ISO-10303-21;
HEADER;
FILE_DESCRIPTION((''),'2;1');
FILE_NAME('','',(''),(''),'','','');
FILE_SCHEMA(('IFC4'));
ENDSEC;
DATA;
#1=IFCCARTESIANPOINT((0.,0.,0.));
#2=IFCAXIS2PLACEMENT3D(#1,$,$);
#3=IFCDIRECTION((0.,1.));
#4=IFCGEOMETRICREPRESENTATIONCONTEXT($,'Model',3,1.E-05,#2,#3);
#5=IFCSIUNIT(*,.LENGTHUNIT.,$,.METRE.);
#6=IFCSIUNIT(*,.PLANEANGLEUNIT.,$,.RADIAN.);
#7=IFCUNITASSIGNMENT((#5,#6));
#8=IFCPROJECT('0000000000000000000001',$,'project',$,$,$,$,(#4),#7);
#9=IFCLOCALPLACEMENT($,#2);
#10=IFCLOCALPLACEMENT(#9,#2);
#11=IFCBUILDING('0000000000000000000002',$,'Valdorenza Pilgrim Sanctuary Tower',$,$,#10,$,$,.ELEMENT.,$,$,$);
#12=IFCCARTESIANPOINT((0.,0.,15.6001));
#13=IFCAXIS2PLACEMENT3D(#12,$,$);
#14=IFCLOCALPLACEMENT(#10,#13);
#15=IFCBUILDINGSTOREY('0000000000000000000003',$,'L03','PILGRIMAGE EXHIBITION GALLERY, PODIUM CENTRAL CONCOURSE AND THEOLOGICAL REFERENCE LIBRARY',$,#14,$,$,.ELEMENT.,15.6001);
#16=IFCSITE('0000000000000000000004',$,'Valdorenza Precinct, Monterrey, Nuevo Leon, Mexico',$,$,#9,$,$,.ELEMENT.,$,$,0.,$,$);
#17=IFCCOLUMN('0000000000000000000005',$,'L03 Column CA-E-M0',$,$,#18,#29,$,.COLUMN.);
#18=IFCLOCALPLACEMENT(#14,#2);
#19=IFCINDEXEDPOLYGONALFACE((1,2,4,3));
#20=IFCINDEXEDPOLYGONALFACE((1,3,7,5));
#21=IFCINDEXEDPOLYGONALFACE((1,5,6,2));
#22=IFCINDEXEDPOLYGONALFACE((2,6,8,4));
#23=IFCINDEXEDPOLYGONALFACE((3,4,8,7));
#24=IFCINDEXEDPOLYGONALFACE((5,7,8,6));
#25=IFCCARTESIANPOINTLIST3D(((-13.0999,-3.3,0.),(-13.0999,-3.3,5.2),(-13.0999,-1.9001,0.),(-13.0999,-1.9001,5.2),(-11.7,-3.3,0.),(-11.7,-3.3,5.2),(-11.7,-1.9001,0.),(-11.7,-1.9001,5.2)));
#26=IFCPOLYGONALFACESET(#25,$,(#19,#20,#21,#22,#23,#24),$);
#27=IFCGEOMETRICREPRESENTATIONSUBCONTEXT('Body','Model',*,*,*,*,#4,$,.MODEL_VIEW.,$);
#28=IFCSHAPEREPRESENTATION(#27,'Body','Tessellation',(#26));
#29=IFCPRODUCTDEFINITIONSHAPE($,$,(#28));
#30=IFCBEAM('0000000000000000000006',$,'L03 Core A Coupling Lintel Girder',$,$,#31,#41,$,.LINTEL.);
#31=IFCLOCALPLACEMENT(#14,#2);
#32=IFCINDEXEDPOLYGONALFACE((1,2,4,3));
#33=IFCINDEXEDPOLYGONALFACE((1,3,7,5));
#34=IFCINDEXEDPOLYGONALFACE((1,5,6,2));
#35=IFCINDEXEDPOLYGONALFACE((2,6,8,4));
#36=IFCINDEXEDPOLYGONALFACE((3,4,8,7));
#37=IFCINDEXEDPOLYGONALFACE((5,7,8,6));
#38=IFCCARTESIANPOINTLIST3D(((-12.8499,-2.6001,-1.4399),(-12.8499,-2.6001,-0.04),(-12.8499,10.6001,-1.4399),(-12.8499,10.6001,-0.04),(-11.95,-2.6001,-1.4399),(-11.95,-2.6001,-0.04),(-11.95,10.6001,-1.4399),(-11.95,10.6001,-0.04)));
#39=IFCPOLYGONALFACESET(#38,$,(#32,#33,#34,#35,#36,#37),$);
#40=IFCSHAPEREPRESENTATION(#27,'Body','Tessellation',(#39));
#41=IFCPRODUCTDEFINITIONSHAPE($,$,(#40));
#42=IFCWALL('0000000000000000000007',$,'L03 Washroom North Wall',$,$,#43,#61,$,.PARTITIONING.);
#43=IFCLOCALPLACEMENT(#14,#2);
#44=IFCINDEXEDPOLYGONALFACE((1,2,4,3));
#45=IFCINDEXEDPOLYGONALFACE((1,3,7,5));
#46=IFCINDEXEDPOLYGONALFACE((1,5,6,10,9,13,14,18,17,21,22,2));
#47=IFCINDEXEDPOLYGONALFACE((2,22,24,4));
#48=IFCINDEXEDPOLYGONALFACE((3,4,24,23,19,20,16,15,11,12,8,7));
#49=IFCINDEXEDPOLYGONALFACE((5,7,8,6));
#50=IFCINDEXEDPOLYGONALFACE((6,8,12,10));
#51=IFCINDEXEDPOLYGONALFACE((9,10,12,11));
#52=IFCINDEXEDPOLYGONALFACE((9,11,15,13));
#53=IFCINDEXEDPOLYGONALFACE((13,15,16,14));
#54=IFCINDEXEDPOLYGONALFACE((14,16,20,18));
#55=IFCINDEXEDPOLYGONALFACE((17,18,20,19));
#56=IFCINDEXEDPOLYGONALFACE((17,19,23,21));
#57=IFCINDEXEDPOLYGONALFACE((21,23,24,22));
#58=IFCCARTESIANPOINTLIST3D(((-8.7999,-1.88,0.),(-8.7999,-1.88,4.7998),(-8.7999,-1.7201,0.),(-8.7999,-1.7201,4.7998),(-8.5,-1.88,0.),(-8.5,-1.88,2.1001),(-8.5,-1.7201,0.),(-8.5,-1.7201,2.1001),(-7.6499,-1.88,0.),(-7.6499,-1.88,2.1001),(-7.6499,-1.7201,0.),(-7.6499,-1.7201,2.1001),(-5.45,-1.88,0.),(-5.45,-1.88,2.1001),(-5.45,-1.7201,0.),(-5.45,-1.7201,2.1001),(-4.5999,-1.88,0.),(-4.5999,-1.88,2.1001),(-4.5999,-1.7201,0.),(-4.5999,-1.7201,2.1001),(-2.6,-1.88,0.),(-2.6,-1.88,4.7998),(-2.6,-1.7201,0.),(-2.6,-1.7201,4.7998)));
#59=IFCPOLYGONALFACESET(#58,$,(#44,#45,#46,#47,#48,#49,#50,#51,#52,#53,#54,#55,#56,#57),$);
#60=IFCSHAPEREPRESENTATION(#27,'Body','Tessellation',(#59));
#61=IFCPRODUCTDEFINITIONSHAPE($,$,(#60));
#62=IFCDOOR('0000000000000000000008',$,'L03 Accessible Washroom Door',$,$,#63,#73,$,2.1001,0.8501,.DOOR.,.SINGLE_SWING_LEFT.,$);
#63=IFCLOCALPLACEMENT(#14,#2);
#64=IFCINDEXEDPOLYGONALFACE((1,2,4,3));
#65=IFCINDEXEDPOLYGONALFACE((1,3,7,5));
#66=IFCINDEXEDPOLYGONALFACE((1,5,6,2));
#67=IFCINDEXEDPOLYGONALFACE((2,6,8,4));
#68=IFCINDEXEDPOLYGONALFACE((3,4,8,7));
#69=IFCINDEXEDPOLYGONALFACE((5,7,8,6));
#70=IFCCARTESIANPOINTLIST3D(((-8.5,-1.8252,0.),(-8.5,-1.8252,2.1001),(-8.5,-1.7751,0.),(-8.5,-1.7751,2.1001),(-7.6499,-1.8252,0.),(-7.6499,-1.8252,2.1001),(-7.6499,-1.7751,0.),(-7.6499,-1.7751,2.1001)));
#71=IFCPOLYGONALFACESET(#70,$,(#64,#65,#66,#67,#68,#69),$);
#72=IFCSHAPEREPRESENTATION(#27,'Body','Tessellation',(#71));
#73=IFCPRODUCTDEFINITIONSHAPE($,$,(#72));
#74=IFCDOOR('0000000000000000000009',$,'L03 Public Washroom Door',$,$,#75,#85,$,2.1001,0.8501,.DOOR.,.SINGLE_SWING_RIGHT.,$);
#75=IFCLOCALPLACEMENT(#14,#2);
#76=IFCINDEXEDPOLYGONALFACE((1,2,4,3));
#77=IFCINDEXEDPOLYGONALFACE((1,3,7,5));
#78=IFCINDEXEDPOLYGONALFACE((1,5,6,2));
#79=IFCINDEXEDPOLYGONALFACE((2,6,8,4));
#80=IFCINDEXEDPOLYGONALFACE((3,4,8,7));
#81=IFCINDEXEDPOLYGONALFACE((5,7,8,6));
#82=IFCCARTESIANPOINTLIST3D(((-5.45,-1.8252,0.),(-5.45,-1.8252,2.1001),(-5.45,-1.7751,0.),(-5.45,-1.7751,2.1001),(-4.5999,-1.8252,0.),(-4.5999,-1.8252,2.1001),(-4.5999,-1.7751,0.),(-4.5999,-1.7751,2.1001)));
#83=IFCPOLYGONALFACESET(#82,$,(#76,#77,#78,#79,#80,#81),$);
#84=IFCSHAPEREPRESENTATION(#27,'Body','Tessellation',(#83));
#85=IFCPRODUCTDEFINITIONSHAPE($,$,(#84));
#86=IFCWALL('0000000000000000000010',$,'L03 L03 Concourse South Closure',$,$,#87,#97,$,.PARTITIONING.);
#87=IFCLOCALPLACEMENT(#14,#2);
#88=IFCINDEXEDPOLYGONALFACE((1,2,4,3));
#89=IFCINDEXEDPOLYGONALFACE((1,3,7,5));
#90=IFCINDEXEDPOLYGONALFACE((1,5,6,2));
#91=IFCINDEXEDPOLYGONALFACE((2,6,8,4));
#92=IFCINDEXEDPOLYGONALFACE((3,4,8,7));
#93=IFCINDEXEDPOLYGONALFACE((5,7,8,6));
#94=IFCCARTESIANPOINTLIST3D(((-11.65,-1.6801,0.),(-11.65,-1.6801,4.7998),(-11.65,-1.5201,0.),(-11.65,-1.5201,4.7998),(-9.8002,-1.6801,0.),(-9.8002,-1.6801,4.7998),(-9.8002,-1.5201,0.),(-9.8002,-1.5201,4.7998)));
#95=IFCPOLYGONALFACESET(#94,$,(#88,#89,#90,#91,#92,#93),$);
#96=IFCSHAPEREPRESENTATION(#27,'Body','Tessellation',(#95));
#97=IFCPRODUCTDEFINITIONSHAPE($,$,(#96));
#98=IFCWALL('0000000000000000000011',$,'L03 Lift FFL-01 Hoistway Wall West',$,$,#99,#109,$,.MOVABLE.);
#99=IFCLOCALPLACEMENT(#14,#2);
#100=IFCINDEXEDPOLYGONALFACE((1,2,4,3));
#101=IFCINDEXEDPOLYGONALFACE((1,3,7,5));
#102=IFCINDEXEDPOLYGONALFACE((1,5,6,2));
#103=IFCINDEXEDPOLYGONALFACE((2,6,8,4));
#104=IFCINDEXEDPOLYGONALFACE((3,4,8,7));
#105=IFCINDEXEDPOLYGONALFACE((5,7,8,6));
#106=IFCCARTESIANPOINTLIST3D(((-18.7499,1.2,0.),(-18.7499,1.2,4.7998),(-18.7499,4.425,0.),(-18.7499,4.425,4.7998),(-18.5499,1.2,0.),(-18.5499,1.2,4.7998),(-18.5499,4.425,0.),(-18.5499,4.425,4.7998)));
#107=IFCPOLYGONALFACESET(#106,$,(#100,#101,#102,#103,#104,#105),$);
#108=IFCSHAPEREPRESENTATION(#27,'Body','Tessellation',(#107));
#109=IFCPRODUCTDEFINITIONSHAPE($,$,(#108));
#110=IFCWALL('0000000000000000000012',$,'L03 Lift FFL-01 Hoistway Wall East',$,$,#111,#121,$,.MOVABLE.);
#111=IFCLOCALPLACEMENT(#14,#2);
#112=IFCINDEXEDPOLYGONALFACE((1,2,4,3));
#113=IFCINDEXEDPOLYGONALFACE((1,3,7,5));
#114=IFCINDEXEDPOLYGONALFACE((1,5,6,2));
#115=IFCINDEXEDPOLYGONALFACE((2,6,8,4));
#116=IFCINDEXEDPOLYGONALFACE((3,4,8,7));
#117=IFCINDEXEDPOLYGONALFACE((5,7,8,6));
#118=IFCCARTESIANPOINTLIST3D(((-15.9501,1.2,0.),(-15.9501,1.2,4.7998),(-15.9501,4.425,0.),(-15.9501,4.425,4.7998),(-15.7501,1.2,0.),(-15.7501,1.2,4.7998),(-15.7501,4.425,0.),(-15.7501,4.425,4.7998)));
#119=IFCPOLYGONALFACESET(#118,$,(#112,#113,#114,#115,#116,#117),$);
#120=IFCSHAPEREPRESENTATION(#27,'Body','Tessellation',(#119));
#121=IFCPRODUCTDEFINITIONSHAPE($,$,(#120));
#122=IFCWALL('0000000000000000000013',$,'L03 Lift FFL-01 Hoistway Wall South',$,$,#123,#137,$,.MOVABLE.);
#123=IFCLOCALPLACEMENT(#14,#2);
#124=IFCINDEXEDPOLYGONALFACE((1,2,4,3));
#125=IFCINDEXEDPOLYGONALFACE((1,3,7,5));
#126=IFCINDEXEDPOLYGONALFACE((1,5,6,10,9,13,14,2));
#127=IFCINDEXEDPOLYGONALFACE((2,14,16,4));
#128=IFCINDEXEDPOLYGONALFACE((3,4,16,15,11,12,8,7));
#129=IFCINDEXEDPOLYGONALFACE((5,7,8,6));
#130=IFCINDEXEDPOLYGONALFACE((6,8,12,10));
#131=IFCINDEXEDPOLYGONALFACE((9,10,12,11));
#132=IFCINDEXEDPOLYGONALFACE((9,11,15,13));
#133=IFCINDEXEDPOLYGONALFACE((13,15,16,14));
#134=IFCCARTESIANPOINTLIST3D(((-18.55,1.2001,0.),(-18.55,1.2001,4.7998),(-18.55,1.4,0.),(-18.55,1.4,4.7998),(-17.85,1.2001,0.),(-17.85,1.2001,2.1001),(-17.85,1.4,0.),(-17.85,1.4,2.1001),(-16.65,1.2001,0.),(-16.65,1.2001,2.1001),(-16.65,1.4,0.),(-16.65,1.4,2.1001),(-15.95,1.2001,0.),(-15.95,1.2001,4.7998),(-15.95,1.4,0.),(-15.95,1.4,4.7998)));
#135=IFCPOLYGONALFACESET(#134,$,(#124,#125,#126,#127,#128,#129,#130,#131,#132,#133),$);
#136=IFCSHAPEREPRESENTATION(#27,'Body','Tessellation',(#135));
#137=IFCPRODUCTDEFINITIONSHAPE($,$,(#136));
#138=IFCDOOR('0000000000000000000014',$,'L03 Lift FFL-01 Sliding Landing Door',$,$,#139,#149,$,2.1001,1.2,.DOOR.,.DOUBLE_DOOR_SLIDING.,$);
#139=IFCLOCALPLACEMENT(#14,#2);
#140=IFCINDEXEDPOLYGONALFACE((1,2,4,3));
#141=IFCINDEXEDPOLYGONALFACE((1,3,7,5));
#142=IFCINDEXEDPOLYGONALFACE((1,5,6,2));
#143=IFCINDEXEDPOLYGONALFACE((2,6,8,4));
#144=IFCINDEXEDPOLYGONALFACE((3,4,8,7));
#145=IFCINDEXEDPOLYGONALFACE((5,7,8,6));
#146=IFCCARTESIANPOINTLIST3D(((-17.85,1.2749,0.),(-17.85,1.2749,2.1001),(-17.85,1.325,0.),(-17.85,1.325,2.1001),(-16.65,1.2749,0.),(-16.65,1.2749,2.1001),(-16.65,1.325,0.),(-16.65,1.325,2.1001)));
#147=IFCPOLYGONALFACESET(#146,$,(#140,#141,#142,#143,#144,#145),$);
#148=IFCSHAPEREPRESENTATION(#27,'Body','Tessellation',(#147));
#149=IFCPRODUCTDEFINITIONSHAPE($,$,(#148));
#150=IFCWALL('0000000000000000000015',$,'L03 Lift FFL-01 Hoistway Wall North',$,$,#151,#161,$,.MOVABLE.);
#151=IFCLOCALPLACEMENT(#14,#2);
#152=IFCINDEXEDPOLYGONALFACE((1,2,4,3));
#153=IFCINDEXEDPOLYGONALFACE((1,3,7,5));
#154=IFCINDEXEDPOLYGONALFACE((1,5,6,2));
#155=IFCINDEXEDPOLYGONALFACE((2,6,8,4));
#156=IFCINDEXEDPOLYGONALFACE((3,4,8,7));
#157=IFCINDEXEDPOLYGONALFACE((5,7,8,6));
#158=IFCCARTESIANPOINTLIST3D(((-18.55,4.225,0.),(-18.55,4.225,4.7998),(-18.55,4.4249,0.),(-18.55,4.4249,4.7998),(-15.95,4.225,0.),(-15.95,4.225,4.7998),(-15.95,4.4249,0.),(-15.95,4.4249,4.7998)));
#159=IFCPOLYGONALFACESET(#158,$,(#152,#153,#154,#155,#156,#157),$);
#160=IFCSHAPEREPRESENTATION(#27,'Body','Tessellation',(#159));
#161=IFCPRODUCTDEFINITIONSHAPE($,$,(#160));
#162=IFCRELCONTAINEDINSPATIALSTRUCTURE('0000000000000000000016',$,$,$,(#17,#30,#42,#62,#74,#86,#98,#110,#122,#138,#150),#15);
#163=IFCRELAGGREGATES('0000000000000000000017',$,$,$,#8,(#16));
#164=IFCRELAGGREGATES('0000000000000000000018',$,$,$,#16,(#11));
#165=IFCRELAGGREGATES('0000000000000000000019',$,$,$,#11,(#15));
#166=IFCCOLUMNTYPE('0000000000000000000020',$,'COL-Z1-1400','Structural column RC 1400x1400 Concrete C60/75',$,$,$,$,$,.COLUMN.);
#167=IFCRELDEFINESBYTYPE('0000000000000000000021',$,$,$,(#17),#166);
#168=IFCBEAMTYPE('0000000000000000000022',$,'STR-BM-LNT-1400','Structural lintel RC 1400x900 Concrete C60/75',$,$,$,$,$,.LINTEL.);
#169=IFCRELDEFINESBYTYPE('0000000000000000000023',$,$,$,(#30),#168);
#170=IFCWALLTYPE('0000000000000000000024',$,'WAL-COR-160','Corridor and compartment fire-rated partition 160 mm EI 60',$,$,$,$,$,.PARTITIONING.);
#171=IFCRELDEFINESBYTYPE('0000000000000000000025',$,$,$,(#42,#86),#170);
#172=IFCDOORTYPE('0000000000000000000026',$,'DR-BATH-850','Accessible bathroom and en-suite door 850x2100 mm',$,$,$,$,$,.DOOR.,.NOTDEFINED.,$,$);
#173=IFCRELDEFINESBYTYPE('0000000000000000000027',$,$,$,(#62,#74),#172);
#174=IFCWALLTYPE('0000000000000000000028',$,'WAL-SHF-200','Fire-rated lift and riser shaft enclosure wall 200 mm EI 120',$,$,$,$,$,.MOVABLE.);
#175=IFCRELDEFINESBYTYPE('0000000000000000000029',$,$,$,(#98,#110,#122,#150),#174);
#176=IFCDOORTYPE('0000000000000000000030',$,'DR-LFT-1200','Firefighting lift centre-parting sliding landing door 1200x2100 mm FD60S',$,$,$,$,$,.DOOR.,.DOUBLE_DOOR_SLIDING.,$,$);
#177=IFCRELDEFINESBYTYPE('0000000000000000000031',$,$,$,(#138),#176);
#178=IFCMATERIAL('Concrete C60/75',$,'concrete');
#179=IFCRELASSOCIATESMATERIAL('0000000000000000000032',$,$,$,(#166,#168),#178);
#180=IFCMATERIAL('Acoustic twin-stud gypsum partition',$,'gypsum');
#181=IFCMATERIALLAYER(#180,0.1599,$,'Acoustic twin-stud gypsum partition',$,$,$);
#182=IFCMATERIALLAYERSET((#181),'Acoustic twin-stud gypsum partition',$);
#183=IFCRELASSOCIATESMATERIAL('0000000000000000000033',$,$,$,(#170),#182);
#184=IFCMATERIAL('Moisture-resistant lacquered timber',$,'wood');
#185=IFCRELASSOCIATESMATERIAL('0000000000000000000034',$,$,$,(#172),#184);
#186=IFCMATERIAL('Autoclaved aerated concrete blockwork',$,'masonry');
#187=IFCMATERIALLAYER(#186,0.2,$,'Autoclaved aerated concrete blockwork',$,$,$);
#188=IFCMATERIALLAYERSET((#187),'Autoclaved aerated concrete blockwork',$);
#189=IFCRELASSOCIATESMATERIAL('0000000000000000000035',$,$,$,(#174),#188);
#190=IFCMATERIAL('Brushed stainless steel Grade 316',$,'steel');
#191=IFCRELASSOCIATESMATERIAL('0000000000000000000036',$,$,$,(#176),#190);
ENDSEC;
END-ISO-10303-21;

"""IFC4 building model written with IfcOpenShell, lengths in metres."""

from ifc_helpers import new_model, si_unit, direction, frame, frame_2d, origin, origin_2d, place, context, subcontext, project, spatial, rectangle, extrude, source, transform, mapped, material, layer, layer_set, material_profile, profile_set, type_object, element, fill, save


model = new_model("IFC4")

# Units and contexts
model_context = context("Model", 3, precision=1e-05, world=origin(), true_north=direction((0.0, 1.0)))
body_context = subcontext(model_context, "Body", "Model", "MODEL_VIEW")
ifc_project = project(units=[si_unit("LENGTHUNIT", "METRE"), si_unit("PLANEANGLEUNIT", "RADIAN")], contexts=[model_context])

# Site, building, storey
site_placement = place(None, origin())
site = spatial("IfcSite", under=ifc_project, at=site_placement, Name="Valdorenza Precinct, Monterrey, Nuevo Leon, Mexico", CompositionType="ELEMENT", RefElevation=0.0)
building_placement = place(site_placement, origin())
building = spatial("IfcBuilding", under=site, at=building_placement, Name="Valdorenza Pilgrim Sanctuary Tower", CompositionType="ELEMENT")
storey_placement = place(building_placement, frame((0.0, 0.0, 15.6001)))
storey = spatial("IfcBuildingStorey", under=building, at=storey_placement, Name="L03", Description="PILGRIMAGE EXHIBITION GALLERY, PODIUM CENTRAL CONCOURSE AND THEOLOGICAL REFERENCE LIBRARY", CompositionType="ELEMENT", Elevation=15.6001)

# Column
ifc_material_1 = material(Name="Concrete C60/75", Category="concrete")
ifc_material_profile_1 = material_profile(ifc_material_1, rectangle(XDim=1.3999, YDim=1.3999, at=origin_2d()), Name="RC 1400x1400")
ifc_profile_set_1 = profile_set([ifc_material_profile_1], Name="Concrete C60/75")
column_type = type_object("IfcColumnType", Name="COL-Z1-1400", Description="Structural column RC 1400x1400 Concrete C60/75", PredefinedType="COLUMN", material=ifc_profile_set_1)
shared_shape_1 = source(origin(), body_context, "Body", "SweptSolid", [
    extrude(rectangle(XDim=1.3999, YDim=1.3999, at=origin_2d()), origin(), (0.0, 0.0, 1.0), 5.2),
])
column_placement = place(storey_placement, frame((-12.3999, -2.6001, 0.0), z_axis=(0.0, 0.0, 1.0), x_axis=(1.0, 0.0, 0.0)))
element("IfcColumn", 1, at=column_placement, inside=storey, type_object=column_type, Name="L03 Column CA-E-M0", PredefinedType="COLUMN", context=body_context, shape_type="MappedRepresentation", body=[
    mapped(shared_shape_1, transform((0.0, 0.0, 0.0), x_axis=(1.0, 0.0, 0.0), y_axis=(0.0, 1.0, 0.0), z_axis=(0.0, 0.0, 1.0), scale=1.0)),
])

# Beam
ifc_material_profile_2 = material_profile(ifc_material_1, rectangle(XDim=0.8999, YDim=1.3999, at=origin_2d()), Name="RC 1400x900")
ifc_profile_set_2 = profile_set([ifc_material_profile_2], Name="Concrete C60/75")
beam_type = type_object("IfcBeamType", Name="STR-BM-LNT-1400", Description="Structural lintel RC 1400x900 Concrete C60/75", PredefinedType="LINTEL", material=ifc_profile_set_2)
shared_shape_2 = source(origin(), body_context, "Body", "SweptSolid", [
    extrude(rectangle(XDim=0.8999, YDim=1.3999, at=origin_2d()), origin(), (0.0, 0.0, 1.0), 13.2002),
])
beam_placement = place(storey_placement, frame((-12.3999, -2.6001, -0.74), z_axis=(0.0, 1.0, 0.0), x_axis=(-1.0, 0.0, 0.0)))
element("IfcBeam", 2, at=beam_placement, inside=storey, type_object=beam_type, Name="L03 Core A Coupling Lintel Girder", PredefinedType="LINTEL", context=body_context, shape_type="MappedRepresentation", body=[
    mapped(shared_shape_2, transform((0.0, 0.0, 0.0), x_axis=(1.0, 0.0, 0.0), y_axis=(0.0, 1.0, 0.0), z_axis=(0.0, 0.0, 1.0), scale=1.0)),
])

# Wall, openings, doors
ifc_material_2 = material(Name="Acoustic twin-stud gypsum partition", Category="gypsum")
ifc_layer_1 = layer(ifc_material_2, 0.1599, Name="Acoustic twin-stud gypsum partition")
ifc_layer_set_1 = layer_set([ifc_layer_1], Name="Acoustic twin-stud gypsum partition")
wall_type_1 = type_object("IfcWallType", Name="WAL-COR-160", Description="Corridor and compartment fire-rated partition 160 mm EI 60", PredefinedType="PARTITIONING", material=ifc_layer_set_1)
wall_1_placement = place(storey_placement, frame((-8.8, -1.8, 0.0), z_axis=(0.0, 0.0, 1.0), x_axis=(1.0, 0.0, 0.0)))
wall_1 = element("IfcWall", 3, at=wall_1_placement, inside=storey, type_object=wall_type_1, Name="L03 Washroom North Wall", PredefinedType="PARTITIONING", context=body_context, shape_type="SweptSolid", body=[
    extrude(rectangle(XDim=6.2, YDim=0.1599, at=frame_2d((3.1001, 0.0))), origin(), (0.0, 0.0, 1.0), 4.7998),
])
opening_1_placement = place(wall_1_placement, frame((0.3, 0.0, 0.0)))
opening_1 = element("IfcOpeningElement", 4, at=opening_1_placement, cuts=wall_1, PredefinedType="OPENING", context=body_context, shape_type="SweptSolid", body=[
    extrude(rectangle(XDim=0.8501, YDim=2.1001, at=frame_2d((0.425, 1.05))), frame((0.0, 0.0947, 0.0), z_axis=(0.0, -1.0, 0.0), x_axis=(1.0, 0.0, 0.0)), (0.0, 0.0, 1.0), 0.1897),
])
opening_2_placement = place(wall_1_placement, frame((3.3501, 0.0, 0.0)))
opening_2 = element("IfcOpeningElement", 5, at=opening_2_placement, cuts=wall_1, PredefinedType="OPENING", context=body_context, shape_type="SweptSolid", body=[
    extrude(rectangle(XDim=0.8501, YDim=2.1001, at=frame_2d((0.425, 1.05))), frame((0.0, 0.0947, 0.0), z_axis=(0.0, -1.0, 0.0), x_axis=(1.0, 0.0, 0.0)), (0.0, 0.0, 1.0), 0.1897),
])
ifc_material_3 = material(Name="Moisture-resistant lacquered timber", Category="wood")
door_type_1 = type_object("IfcDoorType", Name="DR-BATH-850", Description="Accessible bathroom and en-suite door 850x2100 mm", OperationType="NOTDEFINED", PredefinedType="DOOR", material=ifc_material_3)
door_1_placement = place(opening_1_placement, origin())
door_1 = element("IfcDoor", 6, at=door_1_placement, inside=storey, type_object=door_type_1, Name="L03 Accessible Washroom Door", OperationType="SINGLE_SWING_LEFT", OverallHeight=2.1001, OverallWidth=0.8501, PredefinedType="DOOR", context=body_context, shape_type="SweptSolid", body=[
    extrude(rectangle(XDim=0.8501, YDim=2.1001, at=frame_2d((0.425, 1.05))), frame((0.0, 0.0249, 0.0), z_axis=(0.0, -1.0, 0.0), x_axis=(1.0, 0.0, 0.0)), (0.0, 0.0, 1.0), 0.05),
])
fill(opening_1, door_1)
door_2_placement = place(opening_2_placement, origin())
door_2 = element("IfcDoor", 7, at=door_2_placement, inside=storey, type_object=door_type_1, Name="L03 Public Washroom Door", OperationType="SINGLE_SWING_RIGHT", OverallHeight=2.1001, OverallWidth=0.8501, PredefinedType="DOOR", context=body_context, shape_type="SweptSolid", body=[
    extrude(rectangle(XDim=0.8501, YDim=2.1001, at=frame_2d((0.425, 1.05))), frame((0.0, 0.0249, 0.0), z_axis=(0.0, -1.0, 0.0), x_axis=(1.0, 0.0, 0.0)), (0.0, 0.0, 1.0), 0.05),
])
fill(opening_2, door_2)

# Wall
wall_2_placement = place(storey_placement, frame((-11.6499, -1.6001, 0.0), z_axis=(0.0, 0.0, 1.0), x_axis=(1.0, 0.0, 0.0)))
element("IfcWall", 8, at=wall_2_placement, inside=storey, type_object=wall_type_1, Name="L03 L03 Concourse South Closure", PredefinedType="PARTITIONING", context=body_context, shape_type="SweptSolid", body=[
    extrude(rectangle(XDim=1.8499, YDim=0.1599, at=frame_2d((0.9248, 0.0))), origin(), (0.0, 0.0, 1.0), 4.7998),
])

# Walls
ifc_material_4 = material(Name="Autoclaved aerated concrete blockwork", Category="masonry")
ifc_layer_2 = layer(ifc_material_4, 0.2, Name="Autoclaved aerated concrete blockwork")
ifc_layer_set_2 = layer_set([ifc_layer_2], Name="Autoclaved aerated concrete blockwork")
wall_type_2 = type_object("IfcWallType", Name="WAL-SHF-200", Description="Fire-rated lift and riser shaft enclosure wall 200 mm EI 120", PredefinedType="MOVABLE", material=ifc_layer_set_2)
for number, where, z_axis, x_axis, name in (
    (9, (-18.6499, 1.2, 0.0), (0.0, 0.0, 1.0), (0.0, 1.0, 0.0), "L03 Lift FFL-01 Hoistway Wall West"),
    (10, (-15.8501, 1.2, 0.0), (0.0, 0.0, 1.0), (0.0, 1.0, 0.0), "L03 Lift FFL-01 Hoistway Wall East"),
):
    element("IfcWall", number, at=place(storey_placement, frame(where, z_axis=z_axis, x_axis=x_axis)), inside=storey, type_object=wall_type_2, Name=name, PredefinedType="MOVABLE", context=body_context, shape_type="SweptSolid", body=[
        extrude(rectangle(XDim=3.2251, YDim=0.2, at=frame_2d((1.6125, 0.0))), origin(), (0.0, 0.0, 1.0), 4.7998),
    ])

# Wall, opening, door
wall_3_placement = place(storey_placement, frame((-18.55, 1.3, 0.0), z_axis=(0.0, 0.0, 1.0), x_axis=(1.0, 0.0, 0.0)))
wall_3 = element("IfcWall", 11, at=wall_3_placement, inside=storey, type_object=wall_type_2, Name="L03 Lift FFL-01 Hoistway Wall South", PredefinedType="MOVABLE", context=body_context, shape_type="SweptSolid", body=[
    extrude(rectangle(XDim=2.6001, YDim=0.2, at=frame_2d((1.3, 0.0))), origin(), (0.0, 0.0, 1.0), 4.7998),
])
opening_3_placement = place(wall_3_placement, frame((0.7, 0.0, 0.0)))
opening_3 = element("IfcOpeningElement", 12, at=opening_3_placement, cuts=wall_3, PredefinedType="OPENING", context=body_context, shape_type="SweptSolid", body=[
    extrude(rectangle(XDim=1.2, YDim=2.1001, at=frame_2d((0.6001, 1.05))), frame((0.0, 0.1147, 0.0), z_axis=(0.0, -1.0, 0.0), x_axis=(1.0, 0.0, 0.0)), (0.0, 0.0, 1.0), 0.2297),
])
ifc_material_5 = material(Name="Brushed stainless steel Grade 316", Category="steel")
door_type_2 = type_object("IfcDoorType", Name="DR-LFT-1200", Description="Firefighting lift centre-parting sliding landing door 1200x2100 mm FD60S", OperationType="DOUBLE_DOOR_SLIDING", PredefinedType="DOOR", material=ifc_material_5)
door_3_placement = place(opening_3_placement, origin())
door_3 = element("IfcDoor", 13, at=door_3_placement, inside=storey, type_object=door_type_2, Name="L03 Lift FFL-01 Sliding Landing Door", OperationType="DOUBLE_DOOR_SLIDING", OverallHeight=2.1001, OverallWidth=1.2, PredefinedType="DOOR", context=body_context, shape_type="SweptSolid", body=[
    extrude(rectangle(XDim=1.2, YDim=2.1001, at=frame_2d((0.6001, 1.05))), frame((0.0, 0.0249, 0.0), z_axis=(0.0, -1.0, 0.0), x_axis=(1.0, 0.0, 0.0)), (0.0, 0.0, 1.0), 0.05),
])
fill(opening_3, door_3)

# Wall
wall_4_placement = place(storey_placement, frame((-18.55, 4.325, 0.0), z_axis=(0.0, 0.0, 1.0), x_axis=(1.0, 0.0, 0.0)))
element("IfcWall", 14, at=wall_4_placement, inside=storey, type_object=wall_type_2, Name="L03 Lift FFL-01 Hoistway Wall North", PredefinedType="MOVABLE", context=body_context, shape_type="SweptSolid", body=[
    extrude(rectangle(XDim=2.6001, YDim=0.2, at=frame_2d((1.3, 0.0))), origin(), (0.0, 0.0, 1.0), 4.7998),
])

save(model, "model.ifc")
